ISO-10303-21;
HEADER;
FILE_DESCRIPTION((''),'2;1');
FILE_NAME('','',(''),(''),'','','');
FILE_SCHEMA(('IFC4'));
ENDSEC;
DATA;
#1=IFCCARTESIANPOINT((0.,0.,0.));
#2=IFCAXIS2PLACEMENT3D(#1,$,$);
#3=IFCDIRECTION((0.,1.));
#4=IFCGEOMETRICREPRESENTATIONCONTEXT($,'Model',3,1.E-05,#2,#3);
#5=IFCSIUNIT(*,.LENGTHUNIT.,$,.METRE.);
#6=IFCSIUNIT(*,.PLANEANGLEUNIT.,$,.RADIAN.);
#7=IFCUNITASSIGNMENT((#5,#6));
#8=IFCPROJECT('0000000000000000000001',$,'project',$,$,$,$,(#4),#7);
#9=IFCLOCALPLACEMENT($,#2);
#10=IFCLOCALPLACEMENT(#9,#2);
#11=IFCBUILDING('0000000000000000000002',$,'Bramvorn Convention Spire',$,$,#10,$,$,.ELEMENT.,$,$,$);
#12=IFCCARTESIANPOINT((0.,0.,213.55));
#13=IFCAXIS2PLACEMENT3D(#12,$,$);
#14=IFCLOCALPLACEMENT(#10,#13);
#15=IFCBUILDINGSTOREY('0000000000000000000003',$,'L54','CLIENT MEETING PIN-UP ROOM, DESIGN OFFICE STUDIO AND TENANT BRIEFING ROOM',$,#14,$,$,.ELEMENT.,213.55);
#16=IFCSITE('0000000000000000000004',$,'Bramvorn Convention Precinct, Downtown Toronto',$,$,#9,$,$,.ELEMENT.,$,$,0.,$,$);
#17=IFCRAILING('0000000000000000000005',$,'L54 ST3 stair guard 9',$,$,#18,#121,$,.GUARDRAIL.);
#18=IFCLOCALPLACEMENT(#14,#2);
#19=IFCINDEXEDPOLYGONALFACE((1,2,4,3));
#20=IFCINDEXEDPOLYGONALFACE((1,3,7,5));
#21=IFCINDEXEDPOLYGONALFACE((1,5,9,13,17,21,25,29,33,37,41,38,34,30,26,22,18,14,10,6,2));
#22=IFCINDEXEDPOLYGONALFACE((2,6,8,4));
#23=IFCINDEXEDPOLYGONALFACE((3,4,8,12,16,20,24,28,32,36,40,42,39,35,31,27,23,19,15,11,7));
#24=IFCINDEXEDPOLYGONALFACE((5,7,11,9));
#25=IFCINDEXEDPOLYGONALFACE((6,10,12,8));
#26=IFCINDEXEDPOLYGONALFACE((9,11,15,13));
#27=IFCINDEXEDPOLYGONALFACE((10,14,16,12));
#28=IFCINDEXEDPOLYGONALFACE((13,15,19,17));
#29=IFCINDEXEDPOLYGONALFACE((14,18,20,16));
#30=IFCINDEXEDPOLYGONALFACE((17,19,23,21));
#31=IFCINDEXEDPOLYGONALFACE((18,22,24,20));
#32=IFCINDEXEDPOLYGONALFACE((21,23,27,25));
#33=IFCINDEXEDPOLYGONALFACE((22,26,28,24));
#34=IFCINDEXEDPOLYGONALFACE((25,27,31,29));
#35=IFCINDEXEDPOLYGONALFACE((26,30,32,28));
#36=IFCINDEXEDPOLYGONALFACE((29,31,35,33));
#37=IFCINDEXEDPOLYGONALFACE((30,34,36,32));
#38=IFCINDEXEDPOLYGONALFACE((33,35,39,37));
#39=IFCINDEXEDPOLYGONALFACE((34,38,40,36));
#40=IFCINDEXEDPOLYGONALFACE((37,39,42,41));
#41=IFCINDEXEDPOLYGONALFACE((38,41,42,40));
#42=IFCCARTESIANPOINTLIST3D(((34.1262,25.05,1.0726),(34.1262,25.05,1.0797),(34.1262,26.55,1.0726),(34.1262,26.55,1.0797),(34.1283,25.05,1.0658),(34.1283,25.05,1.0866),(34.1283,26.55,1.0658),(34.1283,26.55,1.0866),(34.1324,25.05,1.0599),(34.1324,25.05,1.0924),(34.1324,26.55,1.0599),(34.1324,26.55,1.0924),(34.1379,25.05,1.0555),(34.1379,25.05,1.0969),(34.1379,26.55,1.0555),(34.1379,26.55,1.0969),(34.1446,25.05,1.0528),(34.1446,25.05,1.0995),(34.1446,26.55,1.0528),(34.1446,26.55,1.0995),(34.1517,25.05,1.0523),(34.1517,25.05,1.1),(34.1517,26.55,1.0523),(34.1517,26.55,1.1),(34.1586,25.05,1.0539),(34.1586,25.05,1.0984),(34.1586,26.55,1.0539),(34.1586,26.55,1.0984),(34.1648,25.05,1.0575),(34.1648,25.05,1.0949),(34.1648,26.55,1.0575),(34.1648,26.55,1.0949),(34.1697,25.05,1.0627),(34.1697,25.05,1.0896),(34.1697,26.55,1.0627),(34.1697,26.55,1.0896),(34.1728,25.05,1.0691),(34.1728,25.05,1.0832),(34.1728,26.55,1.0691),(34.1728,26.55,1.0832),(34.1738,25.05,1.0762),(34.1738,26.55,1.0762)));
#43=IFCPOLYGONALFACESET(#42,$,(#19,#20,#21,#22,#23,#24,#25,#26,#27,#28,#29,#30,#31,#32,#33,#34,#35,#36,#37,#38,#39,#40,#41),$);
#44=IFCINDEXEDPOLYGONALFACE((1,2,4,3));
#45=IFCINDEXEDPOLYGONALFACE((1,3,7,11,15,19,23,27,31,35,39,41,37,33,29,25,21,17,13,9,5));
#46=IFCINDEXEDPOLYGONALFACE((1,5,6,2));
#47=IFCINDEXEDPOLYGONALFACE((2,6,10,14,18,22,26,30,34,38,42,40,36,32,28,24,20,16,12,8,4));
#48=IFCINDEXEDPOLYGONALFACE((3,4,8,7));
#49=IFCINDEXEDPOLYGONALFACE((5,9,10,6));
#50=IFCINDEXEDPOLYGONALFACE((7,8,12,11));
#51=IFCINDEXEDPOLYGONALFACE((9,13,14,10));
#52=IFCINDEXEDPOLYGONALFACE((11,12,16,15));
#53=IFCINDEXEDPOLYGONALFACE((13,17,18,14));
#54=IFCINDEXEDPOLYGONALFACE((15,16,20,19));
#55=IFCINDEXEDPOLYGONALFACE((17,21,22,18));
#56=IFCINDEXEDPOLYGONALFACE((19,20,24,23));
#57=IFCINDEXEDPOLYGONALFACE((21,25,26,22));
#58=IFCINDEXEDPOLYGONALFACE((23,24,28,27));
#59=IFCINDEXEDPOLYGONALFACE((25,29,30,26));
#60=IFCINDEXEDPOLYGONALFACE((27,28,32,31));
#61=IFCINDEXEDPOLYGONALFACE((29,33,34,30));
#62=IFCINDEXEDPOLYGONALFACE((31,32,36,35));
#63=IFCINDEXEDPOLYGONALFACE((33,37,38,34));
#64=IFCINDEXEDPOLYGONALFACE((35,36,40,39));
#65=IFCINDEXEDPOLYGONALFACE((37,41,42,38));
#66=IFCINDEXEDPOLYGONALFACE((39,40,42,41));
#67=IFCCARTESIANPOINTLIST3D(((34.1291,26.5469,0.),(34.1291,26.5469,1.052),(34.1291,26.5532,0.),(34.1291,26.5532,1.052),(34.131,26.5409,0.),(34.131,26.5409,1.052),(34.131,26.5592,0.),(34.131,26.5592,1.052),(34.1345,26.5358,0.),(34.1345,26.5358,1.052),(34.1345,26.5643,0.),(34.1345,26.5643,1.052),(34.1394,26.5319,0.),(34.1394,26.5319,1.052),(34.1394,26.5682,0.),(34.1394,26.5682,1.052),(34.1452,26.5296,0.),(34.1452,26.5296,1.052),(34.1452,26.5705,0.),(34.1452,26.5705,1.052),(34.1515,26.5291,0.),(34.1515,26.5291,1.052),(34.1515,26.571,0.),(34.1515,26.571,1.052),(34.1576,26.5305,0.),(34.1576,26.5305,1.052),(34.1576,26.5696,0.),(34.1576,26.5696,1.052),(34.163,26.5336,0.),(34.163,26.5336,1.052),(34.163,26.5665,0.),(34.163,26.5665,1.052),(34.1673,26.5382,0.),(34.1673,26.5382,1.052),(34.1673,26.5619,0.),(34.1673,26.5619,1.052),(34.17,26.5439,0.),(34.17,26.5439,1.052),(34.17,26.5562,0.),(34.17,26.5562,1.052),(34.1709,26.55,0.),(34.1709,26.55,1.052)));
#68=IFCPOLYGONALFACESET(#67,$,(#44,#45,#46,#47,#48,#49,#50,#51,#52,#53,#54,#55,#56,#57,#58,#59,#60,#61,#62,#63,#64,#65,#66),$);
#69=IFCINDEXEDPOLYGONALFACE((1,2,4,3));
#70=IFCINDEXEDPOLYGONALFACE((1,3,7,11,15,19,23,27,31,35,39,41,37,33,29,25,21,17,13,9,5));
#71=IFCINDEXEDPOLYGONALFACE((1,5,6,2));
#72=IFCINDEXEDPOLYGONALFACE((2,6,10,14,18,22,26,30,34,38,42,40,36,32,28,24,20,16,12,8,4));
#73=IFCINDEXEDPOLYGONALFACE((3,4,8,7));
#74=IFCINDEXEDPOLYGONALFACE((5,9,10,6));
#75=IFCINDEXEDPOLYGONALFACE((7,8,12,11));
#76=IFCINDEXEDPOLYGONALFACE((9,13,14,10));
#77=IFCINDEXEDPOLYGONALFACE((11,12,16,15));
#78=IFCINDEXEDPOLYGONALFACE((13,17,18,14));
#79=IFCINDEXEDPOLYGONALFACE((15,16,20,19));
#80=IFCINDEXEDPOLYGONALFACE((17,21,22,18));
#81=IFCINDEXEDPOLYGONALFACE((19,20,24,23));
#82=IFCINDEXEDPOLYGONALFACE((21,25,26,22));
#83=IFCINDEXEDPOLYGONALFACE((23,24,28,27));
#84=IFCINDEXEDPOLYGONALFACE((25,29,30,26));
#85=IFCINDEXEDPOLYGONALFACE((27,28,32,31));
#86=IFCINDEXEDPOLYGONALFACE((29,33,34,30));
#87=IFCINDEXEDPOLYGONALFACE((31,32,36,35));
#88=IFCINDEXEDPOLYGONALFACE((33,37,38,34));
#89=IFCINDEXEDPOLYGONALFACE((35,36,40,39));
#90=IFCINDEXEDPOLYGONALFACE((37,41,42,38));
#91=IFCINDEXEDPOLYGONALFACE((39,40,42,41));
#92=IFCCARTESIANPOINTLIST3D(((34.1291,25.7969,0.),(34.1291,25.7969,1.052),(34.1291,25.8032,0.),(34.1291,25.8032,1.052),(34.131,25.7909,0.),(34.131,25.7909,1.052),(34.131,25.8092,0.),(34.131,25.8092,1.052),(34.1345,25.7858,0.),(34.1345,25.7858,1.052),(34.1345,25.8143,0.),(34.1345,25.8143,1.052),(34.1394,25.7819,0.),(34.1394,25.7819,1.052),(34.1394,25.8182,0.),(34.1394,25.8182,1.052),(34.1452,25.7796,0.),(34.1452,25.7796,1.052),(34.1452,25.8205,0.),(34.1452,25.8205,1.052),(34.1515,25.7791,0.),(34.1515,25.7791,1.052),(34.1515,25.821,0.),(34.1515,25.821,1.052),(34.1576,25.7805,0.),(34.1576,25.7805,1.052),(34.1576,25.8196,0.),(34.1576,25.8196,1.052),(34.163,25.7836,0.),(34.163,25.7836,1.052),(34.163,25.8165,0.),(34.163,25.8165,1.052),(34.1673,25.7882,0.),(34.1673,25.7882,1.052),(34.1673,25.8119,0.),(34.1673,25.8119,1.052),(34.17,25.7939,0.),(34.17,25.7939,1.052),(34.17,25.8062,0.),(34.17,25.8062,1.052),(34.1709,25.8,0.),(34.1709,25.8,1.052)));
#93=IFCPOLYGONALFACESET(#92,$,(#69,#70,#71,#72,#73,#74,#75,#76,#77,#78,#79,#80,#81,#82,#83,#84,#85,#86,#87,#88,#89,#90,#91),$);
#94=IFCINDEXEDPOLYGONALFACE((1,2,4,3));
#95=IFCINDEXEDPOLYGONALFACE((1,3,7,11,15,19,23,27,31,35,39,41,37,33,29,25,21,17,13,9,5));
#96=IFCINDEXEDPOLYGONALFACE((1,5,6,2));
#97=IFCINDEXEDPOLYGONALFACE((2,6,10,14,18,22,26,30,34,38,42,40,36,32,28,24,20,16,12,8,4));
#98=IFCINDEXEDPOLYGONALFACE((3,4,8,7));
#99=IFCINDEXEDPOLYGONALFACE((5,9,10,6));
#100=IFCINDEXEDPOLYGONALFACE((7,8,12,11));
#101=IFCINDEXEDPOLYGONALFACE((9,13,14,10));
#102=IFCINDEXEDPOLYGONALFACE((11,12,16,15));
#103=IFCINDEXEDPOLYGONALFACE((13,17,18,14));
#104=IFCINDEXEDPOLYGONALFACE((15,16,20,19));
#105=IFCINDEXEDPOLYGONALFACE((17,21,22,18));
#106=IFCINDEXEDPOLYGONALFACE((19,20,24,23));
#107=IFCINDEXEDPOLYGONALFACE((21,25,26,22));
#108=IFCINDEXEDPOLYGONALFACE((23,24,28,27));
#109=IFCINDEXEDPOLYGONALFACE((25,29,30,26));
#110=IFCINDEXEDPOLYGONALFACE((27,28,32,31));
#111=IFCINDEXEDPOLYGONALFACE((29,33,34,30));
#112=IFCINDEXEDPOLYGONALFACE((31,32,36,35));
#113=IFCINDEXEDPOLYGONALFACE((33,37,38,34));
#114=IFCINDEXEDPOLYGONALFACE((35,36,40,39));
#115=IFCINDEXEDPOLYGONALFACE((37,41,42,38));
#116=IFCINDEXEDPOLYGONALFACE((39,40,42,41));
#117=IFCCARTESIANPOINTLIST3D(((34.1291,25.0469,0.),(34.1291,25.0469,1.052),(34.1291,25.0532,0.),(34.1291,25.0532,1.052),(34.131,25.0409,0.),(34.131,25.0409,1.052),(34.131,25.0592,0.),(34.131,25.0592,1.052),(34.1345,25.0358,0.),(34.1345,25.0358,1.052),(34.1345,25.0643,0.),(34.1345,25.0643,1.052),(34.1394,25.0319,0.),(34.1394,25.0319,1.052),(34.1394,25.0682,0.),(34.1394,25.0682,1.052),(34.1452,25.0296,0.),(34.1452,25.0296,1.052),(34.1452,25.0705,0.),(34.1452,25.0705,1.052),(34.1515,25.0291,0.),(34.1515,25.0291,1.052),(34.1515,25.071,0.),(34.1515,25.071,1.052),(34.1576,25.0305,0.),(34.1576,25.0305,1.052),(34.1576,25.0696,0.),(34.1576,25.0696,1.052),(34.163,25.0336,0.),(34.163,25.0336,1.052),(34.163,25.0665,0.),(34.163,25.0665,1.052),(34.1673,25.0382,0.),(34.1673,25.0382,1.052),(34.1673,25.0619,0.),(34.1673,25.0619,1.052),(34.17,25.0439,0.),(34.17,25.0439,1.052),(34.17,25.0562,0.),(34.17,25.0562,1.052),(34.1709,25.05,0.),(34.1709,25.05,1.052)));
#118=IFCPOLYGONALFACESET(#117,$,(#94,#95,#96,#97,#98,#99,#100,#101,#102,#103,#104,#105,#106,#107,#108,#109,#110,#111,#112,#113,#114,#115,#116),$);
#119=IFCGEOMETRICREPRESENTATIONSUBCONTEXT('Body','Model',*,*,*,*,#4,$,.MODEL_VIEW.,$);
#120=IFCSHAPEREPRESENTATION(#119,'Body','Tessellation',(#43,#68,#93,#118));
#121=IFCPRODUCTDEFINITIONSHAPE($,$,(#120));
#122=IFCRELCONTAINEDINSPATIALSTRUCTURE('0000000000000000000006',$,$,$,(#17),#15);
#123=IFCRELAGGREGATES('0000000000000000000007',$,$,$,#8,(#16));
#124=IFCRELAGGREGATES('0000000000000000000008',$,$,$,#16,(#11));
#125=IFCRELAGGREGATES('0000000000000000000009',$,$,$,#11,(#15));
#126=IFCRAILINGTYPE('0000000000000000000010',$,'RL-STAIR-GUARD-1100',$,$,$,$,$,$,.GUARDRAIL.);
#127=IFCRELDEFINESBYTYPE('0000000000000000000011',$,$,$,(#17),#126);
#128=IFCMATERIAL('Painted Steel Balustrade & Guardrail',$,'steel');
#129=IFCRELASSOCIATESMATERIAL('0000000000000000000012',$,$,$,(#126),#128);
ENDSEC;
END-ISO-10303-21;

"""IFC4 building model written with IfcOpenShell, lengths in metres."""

from ifc_helpers import new_model, si_unit, direction, frame, origin, origin_2d, place, context, subcontext, project, spatial, circle, extrude, material, type_object, element, save


model = new_model("IFC4")

# Units and contexts
model_context = context("Model", 3, precision=1e-05, world=origin(), true_north=direction((0.0, 1.0)))
body_context = subcontext(model_context, "Body", "Model", "MODEL_VIEW")
ifc_project = project(units=[si_unit("LENGTHUNIT", "METRE"), si_unit("PLANEANGLEUNIT", "RADIAN")], contexts=[model_context])

# Site, building, storey
site_placement = place(None, origin())
site = spatial("IfcSite", under=ifc_project, at=site_placement, Name="Bramvorn Convention Precinct, Downtown Toronto", CompositionType="ELEMENT", RefElevation=0.0)
building_placement = place(site_placement, origin())
building = spatial("IfcBuilding", under=site, at=building_placement, Name="Bramvorn Convention Spire", CompositionType="ELEMENT")
storey_placement = place(building_placement, frame((0.0, 0.0, 213.55)))
storey = spatial("IfcBuildingStorey", under=building, at=storey_placement, Name="L54", Description="CLIENT MEETING PIN-UP ROOM, DESIGN OFFICE STUDIO AND TENANT BRIEFING ROOM", CompositionType="ELEMENT", Elevation=213.55)

# Railing
ifc_material_1 = material(Name="Painted Steel Balustrade & Guardrail", Category="steel")
railing_type_1 = type_object("IfcRailingType", Name="RL-STAIR-GUARD-1100", PredefinedType="GUARDRAIL", material=ifc_material_1)
railing_1_placement = place(storey_placement, frame((34.1499, 26.55, 0.0)))
element("IfcRailing", 1, at=railing_1_placement, inside=storey, type_object=railing_type_1, Name="L54 ST3 stair guard 9", PredefinedType="GUARDRAIL", context=body_context, shape_type="SweptSolid", body=[
    extrude(circle(Radius=0.0239, at=origin_2d()), frame((0.0, 0.0, 1.0762), z_axis=(0.0, -1.0, 0.0), x_axis=(1.0, 0.0, 0.0)), (0.0, 0.0, 1.0), 1.5),
    extrude(circle(Radius=0.021, at=origin_2d()), origin(), (0.0, 0.0, 1.0), 1.052),
    extrude(circle(Radius=0.021, at=origin_2d()), frame((0.0, -0.75, 0.0)), (0.0, 0.0, 1.0), 1.052),
    extrude(circle(Radius=0.021, at=origin_2d()), frame((0.0, -1.5, 0.0)), (0.0, 0.0, 1.0), 1.052),
])

save(model, "model.ifc")
